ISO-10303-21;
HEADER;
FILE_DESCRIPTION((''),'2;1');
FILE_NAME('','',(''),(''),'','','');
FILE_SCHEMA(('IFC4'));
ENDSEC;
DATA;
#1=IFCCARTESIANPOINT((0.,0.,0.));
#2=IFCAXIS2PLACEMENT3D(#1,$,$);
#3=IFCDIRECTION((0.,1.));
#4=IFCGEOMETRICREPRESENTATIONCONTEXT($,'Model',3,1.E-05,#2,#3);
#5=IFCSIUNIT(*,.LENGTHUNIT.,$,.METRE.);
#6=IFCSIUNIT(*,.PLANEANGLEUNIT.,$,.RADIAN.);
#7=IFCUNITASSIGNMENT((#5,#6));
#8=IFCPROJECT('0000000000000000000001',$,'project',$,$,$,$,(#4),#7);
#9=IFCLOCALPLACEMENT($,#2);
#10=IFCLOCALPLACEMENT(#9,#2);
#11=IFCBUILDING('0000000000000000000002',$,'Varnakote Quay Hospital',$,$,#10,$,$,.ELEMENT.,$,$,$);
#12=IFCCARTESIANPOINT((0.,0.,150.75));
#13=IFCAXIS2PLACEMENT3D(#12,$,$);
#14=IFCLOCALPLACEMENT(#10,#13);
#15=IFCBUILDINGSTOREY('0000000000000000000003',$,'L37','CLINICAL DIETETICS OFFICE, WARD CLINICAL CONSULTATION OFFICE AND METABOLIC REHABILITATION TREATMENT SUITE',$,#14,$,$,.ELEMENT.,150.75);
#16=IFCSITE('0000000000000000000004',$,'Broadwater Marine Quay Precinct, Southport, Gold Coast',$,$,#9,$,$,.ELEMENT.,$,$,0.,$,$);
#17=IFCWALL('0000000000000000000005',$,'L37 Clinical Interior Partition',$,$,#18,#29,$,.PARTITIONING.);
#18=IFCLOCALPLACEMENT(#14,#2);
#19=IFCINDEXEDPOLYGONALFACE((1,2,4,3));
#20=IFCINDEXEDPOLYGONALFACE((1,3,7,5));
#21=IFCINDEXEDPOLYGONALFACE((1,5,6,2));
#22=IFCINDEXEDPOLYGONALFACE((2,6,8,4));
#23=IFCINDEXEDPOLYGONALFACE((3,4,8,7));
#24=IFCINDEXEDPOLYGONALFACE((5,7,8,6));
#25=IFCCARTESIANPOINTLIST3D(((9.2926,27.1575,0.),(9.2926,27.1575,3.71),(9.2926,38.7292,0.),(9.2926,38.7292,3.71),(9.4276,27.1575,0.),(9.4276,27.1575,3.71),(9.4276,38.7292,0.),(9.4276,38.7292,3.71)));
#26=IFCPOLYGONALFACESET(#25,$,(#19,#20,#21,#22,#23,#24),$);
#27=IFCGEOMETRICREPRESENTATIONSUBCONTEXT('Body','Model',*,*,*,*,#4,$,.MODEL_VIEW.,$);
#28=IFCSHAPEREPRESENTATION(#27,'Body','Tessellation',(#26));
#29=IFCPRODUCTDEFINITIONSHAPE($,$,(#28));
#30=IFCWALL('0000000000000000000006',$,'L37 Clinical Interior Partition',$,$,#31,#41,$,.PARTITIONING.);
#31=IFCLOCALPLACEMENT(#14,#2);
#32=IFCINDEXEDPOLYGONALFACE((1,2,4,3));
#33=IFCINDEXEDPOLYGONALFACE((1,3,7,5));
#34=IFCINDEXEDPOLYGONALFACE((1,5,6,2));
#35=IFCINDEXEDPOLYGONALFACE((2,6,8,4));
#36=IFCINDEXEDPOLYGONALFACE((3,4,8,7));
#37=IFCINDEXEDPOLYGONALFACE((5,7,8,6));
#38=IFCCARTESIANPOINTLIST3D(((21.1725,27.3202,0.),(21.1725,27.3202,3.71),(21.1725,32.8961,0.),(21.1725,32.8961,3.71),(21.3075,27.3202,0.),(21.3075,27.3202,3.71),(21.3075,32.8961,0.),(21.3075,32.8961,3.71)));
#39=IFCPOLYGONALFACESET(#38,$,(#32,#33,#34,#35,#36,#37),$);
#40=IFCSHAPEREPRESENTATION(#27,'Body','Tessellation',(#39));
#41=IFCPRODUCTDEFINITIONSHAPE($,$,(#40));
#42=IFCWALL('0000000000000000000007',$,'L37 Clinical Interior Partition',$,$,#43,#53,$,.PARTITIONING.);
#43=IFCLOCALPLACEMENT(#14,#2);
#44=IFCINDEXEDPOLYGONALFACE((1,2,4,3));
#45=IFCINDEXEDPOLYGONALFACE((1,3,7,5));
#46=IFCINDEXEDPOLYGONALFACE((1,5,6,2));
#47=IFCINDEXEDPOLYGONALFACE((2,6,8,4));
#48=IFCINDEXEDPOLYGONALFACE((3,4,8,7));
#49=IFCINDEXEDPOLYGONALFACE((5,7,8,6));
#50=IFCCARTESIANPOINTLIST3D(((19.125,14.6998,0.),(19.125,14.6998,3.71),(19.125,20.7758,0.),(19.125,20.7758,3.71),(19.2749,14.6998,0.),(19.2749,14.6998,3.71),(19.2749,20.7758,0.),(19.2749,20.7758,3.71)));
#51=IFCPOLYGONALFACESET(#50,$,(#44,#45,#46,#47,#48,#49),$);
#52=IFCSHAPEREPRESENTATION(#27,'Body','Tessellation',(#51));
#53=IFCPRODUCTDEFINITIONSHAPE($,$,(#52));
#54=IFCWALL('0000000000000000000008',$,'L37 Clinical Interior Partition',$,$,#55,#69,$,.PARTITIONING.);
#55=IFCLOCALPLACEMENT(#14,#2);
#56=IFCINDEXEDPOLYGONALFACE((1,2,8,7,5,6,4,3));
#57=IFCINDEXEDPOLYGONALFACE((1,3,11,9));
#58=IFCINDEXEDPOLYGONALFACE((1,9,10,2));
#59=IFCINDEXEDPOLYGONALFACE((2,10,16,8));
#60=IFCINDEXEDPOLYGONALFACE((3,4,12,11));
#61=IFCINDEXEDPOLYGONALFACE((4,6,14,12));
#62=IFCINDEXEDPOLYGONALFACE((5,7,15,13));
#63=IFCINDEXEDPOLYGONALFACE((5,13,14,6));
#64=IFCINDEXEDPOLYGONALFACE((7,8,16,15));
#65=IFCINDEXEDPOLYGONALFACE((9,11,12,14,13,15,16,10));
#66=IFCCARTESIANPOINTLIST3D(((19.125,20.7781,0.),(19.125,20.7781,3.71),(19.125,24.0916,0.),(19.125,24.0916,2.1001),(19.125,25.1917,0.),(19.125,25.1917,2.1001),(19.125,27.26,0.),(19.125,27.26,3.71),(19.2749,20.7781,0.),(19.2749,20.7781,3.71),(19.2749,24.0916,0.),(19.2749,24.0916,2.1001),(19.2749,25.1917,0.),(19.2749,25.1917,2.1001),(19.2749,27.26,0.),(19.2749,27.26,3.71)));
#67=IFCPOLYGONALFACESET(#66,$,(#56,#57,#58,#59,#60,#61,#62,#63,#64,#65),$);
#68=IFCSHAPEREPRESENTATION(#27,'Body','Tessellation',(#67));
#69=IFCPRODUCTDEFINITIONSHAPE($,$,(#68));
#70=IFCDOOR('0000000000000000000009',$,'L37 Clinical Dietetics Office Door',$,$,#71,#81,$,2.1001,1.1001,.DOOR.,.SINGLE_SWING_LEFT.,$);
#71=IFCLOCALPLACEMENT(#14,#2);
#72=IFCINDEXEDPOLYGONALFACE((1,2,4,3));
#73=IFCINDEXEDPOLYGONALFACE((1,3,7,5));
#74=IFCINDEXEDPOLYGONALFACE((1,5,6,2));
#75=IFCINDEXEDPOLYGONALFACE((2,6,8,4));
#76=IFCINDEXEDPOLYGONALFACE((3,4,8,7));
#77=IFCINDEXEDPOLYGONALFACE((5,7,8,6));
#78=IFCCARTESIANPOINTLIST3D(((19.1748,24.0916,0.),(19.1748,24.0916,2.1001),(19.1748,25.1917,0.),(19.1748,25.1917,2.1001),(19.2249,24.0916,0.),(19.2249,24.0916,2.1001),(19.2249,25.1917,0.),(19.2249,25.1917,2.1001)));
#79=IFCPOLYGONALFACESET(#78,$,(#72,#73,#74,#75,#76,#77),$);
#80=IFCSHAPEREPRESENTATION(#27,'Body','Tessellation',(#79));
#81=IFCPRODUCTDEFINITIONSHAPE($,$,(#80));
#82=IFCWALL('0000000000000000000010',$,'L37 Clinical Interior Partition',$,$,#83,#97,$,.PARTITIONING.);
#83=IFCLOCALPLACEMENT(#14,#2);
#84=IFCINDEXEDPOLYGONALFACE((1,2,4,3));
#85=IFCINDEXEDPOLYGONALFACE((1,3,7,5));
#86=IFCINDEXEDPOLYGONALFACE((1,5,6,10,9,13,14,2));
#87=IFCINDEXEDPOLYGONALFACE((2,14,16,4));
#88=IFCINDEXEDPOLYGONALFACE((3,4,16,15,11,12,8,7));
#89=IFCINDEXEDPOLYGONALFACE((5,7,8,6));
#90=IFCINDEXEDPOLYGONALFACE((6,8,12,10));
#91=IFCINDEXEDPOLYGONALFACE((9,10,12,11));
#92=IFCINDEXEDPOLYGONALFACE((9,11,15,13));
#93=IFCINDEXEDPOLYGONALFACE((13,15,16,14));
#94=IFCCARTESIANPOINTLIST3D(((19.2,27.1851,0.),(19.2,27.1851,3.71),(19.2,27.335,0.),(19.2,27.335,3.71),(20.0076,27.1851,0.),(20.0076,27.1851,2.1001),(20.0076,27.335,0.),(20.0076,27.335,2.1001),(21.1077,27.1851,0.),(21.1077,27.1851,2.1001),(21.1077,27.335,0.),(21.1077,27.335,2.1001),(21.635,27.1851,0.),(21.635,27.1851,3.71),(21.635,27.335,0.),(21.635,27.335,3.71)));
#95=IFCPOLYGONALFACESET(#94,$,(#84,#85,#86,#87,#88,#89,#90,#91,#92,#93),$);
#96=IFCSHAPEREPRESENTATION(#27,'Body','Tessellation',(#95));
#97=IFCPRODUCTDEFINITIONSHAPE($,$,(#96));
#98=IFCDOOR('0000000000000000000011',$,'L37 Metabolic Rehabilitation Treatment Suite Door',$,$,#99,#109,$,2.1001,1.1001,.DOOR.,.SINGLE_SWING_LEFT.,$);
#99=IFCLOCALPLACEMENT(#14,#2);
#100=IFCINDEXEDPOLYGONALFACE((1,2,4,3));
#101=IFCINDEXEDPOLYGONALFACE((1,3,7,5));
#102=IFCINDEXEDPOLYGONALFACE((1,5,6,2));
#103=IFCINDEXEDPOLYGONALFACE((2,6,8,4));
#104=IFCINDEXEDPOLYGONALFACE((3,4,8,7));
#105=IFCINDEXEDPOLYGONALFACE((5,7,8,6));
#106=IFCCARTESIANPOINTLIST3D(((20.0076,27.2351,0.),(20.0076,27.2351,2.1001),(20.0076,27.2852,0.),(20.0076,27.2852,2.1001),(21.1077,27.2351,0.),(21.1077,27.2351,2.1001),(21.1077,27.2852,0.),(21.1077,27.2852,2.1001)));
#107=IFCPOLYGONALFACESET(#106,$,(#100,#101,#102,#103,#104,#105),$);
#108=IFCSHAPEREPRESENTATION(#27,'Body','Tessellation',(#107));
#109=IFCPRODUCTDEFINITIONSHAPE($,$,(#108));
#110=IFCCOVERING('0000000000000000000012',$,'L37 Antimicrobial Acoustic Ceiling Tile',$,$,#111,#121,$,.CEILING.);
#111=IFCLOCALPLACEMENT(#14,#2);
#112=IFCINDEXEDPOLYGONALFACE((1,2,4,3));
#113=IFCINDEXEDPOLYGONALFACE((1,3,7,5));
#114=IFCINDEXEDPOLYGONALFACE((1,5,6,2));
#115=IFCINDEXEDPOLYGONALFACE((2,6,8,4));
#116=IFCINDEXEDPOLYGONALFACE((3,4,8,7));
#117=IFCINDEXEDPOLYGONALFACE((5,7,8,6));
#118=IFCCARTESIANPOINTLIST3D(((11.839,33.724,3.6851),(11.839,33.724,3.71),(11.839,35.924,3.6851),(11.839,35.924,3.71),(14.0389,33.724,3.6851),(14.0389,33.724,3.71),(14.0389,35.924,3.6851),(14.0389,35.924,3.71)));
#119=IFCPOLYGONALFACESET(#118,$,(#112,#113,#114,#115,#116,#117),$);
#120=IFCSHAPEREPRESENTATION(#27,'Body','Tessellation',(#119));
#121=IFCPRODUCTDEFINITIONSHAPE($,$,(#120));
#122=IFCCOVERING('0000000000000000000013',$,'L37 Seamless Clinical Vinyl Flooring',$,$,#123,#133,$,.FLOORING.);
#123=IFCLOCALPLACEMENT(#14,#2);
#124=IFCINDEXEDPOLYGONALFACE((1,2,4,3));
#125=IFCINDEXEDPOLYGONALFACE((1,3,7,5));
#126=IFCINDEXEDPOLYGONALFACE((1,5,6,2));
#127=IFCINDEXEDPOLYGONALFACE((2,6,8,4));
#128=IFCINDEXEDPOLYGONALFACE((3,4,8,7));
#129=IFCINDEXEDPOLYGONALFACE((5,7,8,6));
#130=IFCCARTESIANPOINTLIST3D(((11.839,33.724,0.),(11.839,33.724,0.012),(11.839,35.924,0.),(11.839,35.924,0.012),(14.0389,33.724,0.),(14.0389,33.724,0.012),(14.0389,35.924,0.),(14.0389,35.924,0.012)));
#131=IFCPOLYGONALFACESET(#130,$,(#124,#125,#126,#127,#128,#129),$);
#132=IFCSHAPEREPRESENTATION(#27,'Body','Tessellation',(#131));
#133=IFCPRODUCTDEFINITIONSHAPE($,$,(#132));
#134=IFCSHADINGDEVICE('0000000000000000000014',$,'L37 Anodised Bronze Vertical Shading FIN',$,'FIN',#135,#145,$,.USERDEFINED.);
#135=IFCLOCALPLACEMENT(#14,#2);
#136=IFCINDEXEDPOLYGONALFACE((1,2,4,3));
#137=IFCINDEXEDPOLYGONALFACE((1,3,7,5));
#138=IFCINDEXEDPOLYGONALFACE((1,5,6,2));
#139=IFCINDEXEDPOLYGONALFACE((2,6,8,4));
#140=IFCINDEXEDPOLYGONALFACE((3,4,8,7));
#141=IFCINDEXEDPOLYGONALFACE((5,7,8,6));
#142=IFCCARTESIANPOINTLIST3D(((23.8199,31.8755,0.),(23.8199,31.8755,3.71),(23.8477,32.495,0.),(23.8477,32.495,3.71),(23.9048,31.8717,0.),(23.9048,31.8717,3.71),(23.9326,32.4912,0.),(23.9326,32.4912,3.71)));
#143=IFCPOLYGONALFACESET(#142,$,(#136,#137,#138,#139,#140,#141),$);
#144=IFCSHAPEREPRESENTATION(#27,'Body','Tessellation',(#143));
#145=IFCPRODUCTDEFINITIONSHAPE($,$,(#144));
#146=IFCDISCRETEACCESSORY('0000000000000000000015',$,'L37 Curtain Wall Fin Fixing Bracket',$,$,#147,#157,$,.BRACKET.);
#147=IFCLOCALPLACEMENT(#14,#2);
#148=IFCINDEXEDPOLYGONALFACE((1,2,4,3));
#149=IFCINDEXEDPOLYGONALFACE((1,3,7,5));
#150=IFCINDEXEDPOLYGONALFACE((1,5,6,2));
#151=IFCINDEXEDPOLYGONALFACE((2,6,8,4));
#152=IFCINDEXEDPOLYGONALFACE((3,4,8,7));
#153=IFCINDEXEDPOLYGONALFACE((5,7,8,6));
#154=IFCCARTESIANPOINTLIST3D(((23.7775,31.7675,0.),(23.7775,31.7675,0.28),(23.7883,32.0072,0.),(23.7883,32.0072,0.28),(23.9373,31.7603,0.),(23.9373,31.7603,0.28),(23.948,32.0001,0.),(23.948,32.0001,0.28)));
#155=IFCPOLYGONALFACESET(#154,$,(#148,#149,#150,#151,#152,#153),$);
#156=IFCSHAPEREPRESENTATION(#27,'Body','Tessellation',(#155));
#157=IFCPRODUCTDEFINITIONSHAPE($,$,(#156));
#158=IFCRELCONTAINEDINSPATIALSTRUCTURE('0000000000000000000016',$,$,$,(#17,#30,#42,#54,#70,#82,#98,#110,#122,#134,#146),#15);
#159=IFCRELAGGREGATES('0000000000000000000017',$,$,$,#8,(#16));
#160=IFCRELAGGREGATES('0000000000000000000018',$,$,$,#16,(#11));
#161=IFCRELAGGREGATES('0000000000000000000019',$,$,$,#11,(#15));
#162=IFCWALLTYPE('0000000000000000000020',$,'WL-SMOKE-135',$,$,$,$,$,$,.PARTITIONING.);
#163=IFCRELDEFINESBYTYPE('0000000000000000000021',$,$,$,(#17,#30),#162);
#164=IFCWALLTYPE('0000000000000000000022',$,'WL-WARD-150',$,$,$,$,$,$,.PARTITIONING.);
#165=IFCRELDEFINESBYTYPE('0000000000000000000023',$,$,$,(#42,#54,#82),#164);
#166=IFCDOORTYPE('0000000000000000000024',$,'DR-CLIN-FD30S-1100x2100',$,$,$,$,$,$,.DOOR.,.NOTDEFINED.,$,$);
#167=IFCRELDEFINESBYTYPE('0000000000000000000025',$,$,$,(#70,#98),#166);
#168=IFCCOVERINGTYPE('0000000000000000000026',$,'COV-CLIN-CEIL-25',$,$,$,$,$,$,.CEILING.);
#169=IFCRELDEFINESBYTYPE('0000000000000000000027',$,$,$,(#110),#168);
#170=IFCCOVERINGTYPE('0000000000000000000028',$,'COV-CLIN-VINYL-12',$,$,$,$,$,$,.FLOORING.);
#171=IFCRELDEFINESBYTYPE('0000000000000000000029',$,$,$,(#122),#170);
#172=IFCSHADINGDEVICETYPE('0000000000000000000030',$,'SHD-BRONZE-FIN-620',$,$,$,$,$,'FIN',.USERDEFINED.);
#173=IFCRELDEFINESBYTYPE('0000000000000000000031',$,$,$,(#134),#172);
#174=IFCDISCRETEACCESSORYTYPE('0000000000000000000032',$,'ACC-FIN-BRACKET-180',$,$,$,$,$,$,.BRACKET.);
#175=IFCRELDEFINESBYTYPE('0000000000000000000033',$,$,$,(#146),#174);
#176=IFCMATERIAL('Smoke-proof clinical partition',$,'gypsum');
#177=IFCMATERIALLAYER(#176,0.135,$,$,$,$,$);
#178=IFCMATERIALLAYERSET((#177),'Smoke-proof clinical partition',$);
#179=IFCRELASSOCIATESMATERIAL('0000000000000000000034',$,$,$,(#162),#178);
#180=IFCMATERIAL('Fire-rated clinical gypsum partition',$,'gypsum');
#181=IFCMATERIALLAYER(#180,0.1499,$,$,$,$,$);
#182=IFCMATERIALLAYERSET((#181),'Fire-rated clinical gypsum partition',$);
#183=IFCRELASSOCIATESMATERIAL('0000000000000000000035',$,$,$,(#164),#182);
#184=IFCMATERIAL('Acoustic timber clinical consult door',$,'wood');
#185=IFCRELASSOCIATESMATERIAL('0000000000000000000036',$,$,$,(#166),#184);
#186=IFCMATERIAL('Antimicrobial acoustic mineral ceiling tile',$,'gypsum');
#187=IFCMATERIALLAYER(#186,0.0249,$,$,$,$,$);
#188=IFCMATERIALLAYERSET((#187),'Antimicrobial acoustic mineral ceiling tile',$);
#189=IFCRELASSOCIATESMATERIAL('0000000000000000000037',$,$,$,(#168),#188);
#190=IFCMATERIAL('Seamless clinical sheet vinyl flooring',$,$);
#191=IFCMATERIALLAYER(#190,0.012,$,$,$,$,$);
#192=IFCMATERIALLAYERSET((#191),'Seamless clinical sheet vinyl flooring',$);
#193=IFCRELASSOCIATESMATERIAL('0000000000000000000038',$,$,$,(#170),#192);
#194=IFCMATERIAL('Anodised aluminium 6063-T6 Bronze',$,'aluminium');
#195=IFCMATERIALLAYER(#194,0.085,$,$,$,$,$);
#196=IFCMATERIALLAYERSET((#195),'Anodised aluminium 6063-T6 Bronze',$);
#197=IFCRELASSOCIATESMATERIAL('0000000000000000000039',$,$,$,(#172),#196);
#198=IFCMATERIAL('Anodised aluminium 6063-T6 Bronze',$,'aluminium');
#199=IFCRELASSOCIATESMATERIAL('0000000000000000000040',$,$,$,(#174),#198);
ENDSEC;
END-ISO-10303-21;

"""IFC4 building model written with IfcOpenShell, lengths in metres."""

from ifc_helpers import new_model, si_unit, direction, frame, frame_2d, origin, origin_2d, place, context, subcontext, project, spatial, rectangle, extrude, material, layer, layer_set, type_object, element, fill, save


model = new_model("IFC4")

# Units and contexts
model_context = context("Model", 3, precision=1e-05, world=origin(), true_north=direction((0.0, 1.0)))
body_context = subcontext(model_context, "Body", "Model", "MODEL_VIEW")
ifc_project = project(units=[si_unit("LENGTHUNIT", "METRE"), si_unit("PLANEANGLEUNIT", "RADIAN")], contexts=[model_context])

# Site, building, storey
site_placement = place(None, origin())
site = spatial("IfcSite", under=ifc_project, at=site_placement, Name="Broadwater Marine Quay Precinct, Southport, Gold Coast", CompositionType="ELEMENT", RefElevation=0.0)
building_placement = place(site_placement, origin())
building = spatial("IfcBuilding", under=site, at=building_placement, Name="Varnakote Quay Hospital", CompositionType="ELEMENT")
storey_placement = place(building_placement, frame((0.0, 0.0, 150.75)))
storey = spatial("IfcBuildingStorey", under=building, at=storey_placement, Name="L37", Description="CLINICAL DIETETICS OFFICE, WARD CLINICAL CONSULTATION OFFICE AND METABOLIC REHABILITATION TREATMENT SUITE", CompositionType="ELEMENT", Elevation=150.75)

# Walls
ifc_material_1 = material(Name="Smoke-proof clinical partition", Category="gypsum")
ifc_layer_1 = layer(ifc_material_1, 0.135)
ifc_layer_set_1 = layer_set([ifc_layer_1], Name="Smoke-proof clinical partition")
wall_type_1 = type_object("IfcWallType", Name="WL-SMOKE-135", PredefinedType="PARTITIONING", material=ifc_layer_set_1)
wall_1_placement = place(storey_placement, frame((9.3601, 27.1575, 0.0), z_axis=(0.0, 0.0, 1.0), x_axis=(0.0, 1.0, 0.0)))
element("IfcWall", 1, at=wall_1_placement, inside=storey, type_object=wall_type_1, Name="L37 Clinical Interior Partition", PredefinedType="PARTITIONING", context=body_context, shape_type="SweptSolid", body=[
    extrude(rectangle(XDim=11.5718, YDim=0.135, at=frame_2d((5.7859, 0.0))), origin(), (0.0, 0.0, 1.0), 3.71),
])
wall_2_placement = place(storey_placement, frame((21.24, 27.3201, 0.0), z_axis=(0.0, 0.0, 1.0), x_axis=(0.0, 1.0, 0.0)))
element("IfcWall", 2, at=wall_2_placement, inside=storey, type_object=wall_type_1, Name="L37 Clinical Interior Partition", PredefinedType="PARTITIONING", context=body_context, shape_type="SweptSolid", body=[
    extrude(rectangle(XDim=5.5759, YDim=0.135, at=frame_2d((2.7881, 0.0))), origin(), (0.0, 0.0, 1.0), 3.71),
])
ifc_material_2 = material(Name="Fire-rated clinical gypsum partition", Category="gypsum")
ifc_layer_2 = layer(ifc_material_2, 0.1499)
ifc_layer_set_2 = layer_set([ifc_layer_2], Name="Fire-rated clinical gypsum partition")
wall_type_2 = type_object("IfcWallType", Name="WL-WARD-150", PredefinedType="PARTITIONING", material=ifc_layer_set_2)
wall_3_placement = place(storey_placement, frame((19.2, 20.7759, 0.0), z_axis=(0.0, 0.0, 1.0), x_axis=(0.0, -1.0, 0.0)))
element("IfcWall", 3, at=wall_3_placement, inside=storey, type_object=wall_type_2, Name="L37 Clinical Interior Partition", PredefinedType="PARTITIONING", context=body_context, shape_type="SweptSolid", body=[
    extrude(rectangle(XDim=6.0759, YDim=0.1499, at=frame_2d((3.0381, 0.0))), origin(), (0.0, 0.0, 1.0), 3.71),
])

# Walls, openings, doors
wall_4_placement = place(storey_placement, frame((19.2, 27.26, 0.0), z_axis=(0.0, 0.0, 1.0), x_axis=(0.0, -1.0, 0.0)))
wall_4 = element("IfcWall", 4, at=wall_4_placement, inside=storey, type_object=wall_type_2, Name="L37 Clinical Interior Partition", PredefinedType="PARTITIONING", context=body_context, shape_type="SweptSolid", body=[
    extrude(rectangle(XDim=6.4819, YDim=0.1499, at=frame_2d((3.241, 0.0))), origin(), (0.0, 0.0, 1.0), 3.71),
])
opening_1_placement = place(wall_4_placement, frame((2.0684, 0.0, 0.0)))
opening_1 = element("IfcOpeningElement", 5, at=opening_1_placement, cuts=wall_4, PredefinedType="OPENING", context=body_context, shape_type="SweptSolid", body=[
    extrude(rectangle(XDim=1.1001, YDim=2.1001, at=frame_2d((0.55, 1.05))), frame((0.0, 0.085, 0.0), z_axis=(0.0, -1.0, 0.0), x_axis=(1.0, 0.0, 0.0)), (0.0, 0.0, 1.0), 0.1699),
])
ifc_material_3 = material(Name="Acoustic timber clinical consult door", Category="wood")
door_type = type_object("IfcDoorType", Name="DR-CLIN-FD30S-1100x2100", OperationType="NOTDEFINED", PredefinedType="DOOR", material=ifc_material_3)
door_1_placement = place(opening_1_placement, origin())
door_1 = element("IfcDoor", 6, at=door_1_placement, inside=storey, type_object=door_type, Name="L37 Clinical Dietetics Office Door", OperationType="SINGLE_SWING_LEFT", OverallHeight=2.1001, OverallWidth=1.1001, PredefinedType="DOOR", context=body_context, shape_type="SweptSolid", body=[
    extrude(rectangle(XDim=1.1001, YDim=2.1001, at=frame_2d((0.55, 1.05))), frame((0.0, 0.0249, 0.0), z_axis=(0.0, -1.0, 0.0), x_axis=(1.0, 0.0, 0.0)), (0.0, 0.0, 1.0), 0.05),
])
fill(opening_1, door_1)
wall_5_placement = place(storey_placement, frame((21.635, 27.26, 0.0), z_axis=(0.0, 0.0, 1.0), x_axis=(-1.0, 0.0, 0.0)))
wall_5 = element("IfcWall", 7, at=wall_5_placement, inside=storey, type_object=wall_type_2, Name="L37 Clinical Interior Partition", PredefinedType="PARTITIONING", context=body_context, shape_type="SweptSolid", body=[
    extrude(rectangle(XDim=2.4351, YDim=0.1499, at=frame_2d((1.2175, 0.0))), origin(), (0.0, 0.0, 1.0), 3.71),
])
opening_2_placement = place(wall_5_placement, frame((0.5273, 0.0, 0.0)))
opening_2 = element("IfcOpeningElement", 8, at=opening_2_placement, cuts=wall_5, PredefinedType="OPENING", context=body_context, shape_type="SweptSolid", body=[
    extrude(rectangle(XDim=1.1001, YDim=2.1001, at=frame_2d((0.55, 1.05))), frame((0.0, 0.085, 0.0), z_axis=(0.0, -1.0, 0.0), x_axis=(1.0, 0.0, 0.0)), (0.0, 0.0, 1.0), 0.1699),
])
door_2_placement = place(opening_2_placement, origin())
door_2 = element("IfcDoor", 9, at=door_2_placement, inside=storey, type_object=door_type, Name="L37 Metabolic Rehabilitation Treatment Suite Door", OperationType="SINGLE_SWING_LEFT", OverallHeight=2.1001, OverallWidth=1.1001, PredefinedType="DOOR", context=body_context, shape_type="SweptSolid", body=[
    extrude(rectangle(XDim=1.1001, YDim=2.1001, at=frame_2d((0.55, 1.05))), frame((0.0, 0.0249, 0.0), z_axis=(0.0, -1.0, 0.0), x_axis=(1.0, 0.0, 0.0)), (0.0, 0.0, 1.0), 0.05),
])
fill(opening_2, door_2)

# Coverings
ifc_material_4 = material(Name="Antimicrobial acoustic mineral ceiling tile", Category="gypsum")
ifc_layer_3 = layer(ifc_material_4, 0.0249)
ifc_layer_set_3 = layer_set([ifc_layer_3], Name="Antimicrobial acoustic mineral ceiling tile")
covering_type_1 = type_object("IfcCoveringType", Name="COV-CLIN-CEIL-25", PredefinedType="CEILING", material=ifc_layer_set_3)
covering_1_placement = place(storey_placement, frame((12.939, 34.824, 3.6851), z_axis=(0.0, 0.0, 1.0), x_axis=(1.0, 0.0, 0.0)))
element("IfcCovering", 10, at=covering_1_placement, inside=storey, type_object=covering_type_1, Name="L37 Antimicrobial Acoustic Ceiling Tile", PredefinedType="CEILING", context=body_context, shape_type="SweptSolid", body=[
    extrude(rectangle(XDim=2.2, YDim=2.2, at=origin_2d()), origin(), (0.0, 0.0, 1.0), 0.0249),
])
ifc_material_5 = material(Name="Seamless clinical sheet vinyl flooring")
ifc_layer_4 = layer(ifc_material_5, 0.012)
ifc_layer_set_4 = layer_set([ifc_layer_4], Name="Seamless clinical sheet vinyl flooring")
covering_type_2 = type_object("IfcCoveringType", Name="COV-CLIN-VINYL-12", PredefinedType="FLOORING", material=ifc_layer_set_4)
covering_2_placement = place(storey_placement, frame((12.939, 34.824, 0.0), z_axis=(0.0, 0.0, 1.0), x_axis=(1.0, 0.0, 0.0)))
element("IfcCovering", 11, at=covering_2_placement, inside=storey, type_object=covering_type_2, Name="L37 Seamless Clinical Vinyl Flooring", PredefinedType="FLOORING", context=body_context, shape_type="SweptSolid", body=[
    extrude(rectangle(XDim=2.2, YDim=2.2, at=origin_2d()), origin(), (0.0, 0.0, 1.0), 0.012),
])

# Shading device
ifc_material_6 = material(Name="Anodised aluminium 6063-T6 Bronze", Category="aluminium")
ifc_layer_5 = layer(ifc_material_6, 0.085)
ifc_layer_set_5 = layer_set([ifc_layer_5], Name="Anodised aluminium 6063-T6 Bronze")
shading_device_type = type_object("IfcShadingDeviceType", Name="SHD-BRONZE-FIN-620", ElementType="FIN", PredefinedType="USERDEFINED", material=ifc_layer_set_5)
shading_device_placement = place(storey_placement, frame((23.8762, 32.1833, 0.0), z_axis=(0.0, 0.0, 1.0), x_axis=(-0.04484, -0.998994, 0.0)))
element("IfcShadingDevice", 12, at=shading_device_placement, inside=storey, type_object=shading_device_type, Name="L37 Anodised Bronze Vertical Shading FIN", ObjectType="FIN", PredefinedType="USERDEFINED", context=body_context, shape_type="SweptSolid", body=[
    extrude(rectangle(XDim=0.6201, YDim=0.085, at=origin_2d()), origin(), (0.0, 0.0, 1.0), 3.71),
])

# Discrete accessory
ifc_material_7 = material(Name="Anodised aluminium 6063-T6 Bronze", Category="aluminium")
discrete_accessory_type = type_object("IfcDiscreteAccessoryType", Name="ACC-FIN-BRACKET-180", PredefinedType="BRACKET", material=ifc_material_7)
discrete_accessory_placement = place(storey_placement, frame((23.8628, 31.8838, 0.0), z_axis=(0.0, 0.0, 1.0), x_axis=(-0.998994, 0.04484, 0.0)))
element("IfcDiscreteAccessory", 13, at=discrete_accessory_placement, inside=storey, type_object=discrete_accessory_type, Name="L37 Curtain Wall Fin Fixing Bracket", PredefinedType="BRACKET", context=body_context, shape_type="SweptSolid", body=[
    extrude(rectangle(XDim=0.1599, YDim=0.24, at=origin_2d()), origin(), (0.0, 0.0, 1.0), 0.28),
])

save(model, "model.ifc")
